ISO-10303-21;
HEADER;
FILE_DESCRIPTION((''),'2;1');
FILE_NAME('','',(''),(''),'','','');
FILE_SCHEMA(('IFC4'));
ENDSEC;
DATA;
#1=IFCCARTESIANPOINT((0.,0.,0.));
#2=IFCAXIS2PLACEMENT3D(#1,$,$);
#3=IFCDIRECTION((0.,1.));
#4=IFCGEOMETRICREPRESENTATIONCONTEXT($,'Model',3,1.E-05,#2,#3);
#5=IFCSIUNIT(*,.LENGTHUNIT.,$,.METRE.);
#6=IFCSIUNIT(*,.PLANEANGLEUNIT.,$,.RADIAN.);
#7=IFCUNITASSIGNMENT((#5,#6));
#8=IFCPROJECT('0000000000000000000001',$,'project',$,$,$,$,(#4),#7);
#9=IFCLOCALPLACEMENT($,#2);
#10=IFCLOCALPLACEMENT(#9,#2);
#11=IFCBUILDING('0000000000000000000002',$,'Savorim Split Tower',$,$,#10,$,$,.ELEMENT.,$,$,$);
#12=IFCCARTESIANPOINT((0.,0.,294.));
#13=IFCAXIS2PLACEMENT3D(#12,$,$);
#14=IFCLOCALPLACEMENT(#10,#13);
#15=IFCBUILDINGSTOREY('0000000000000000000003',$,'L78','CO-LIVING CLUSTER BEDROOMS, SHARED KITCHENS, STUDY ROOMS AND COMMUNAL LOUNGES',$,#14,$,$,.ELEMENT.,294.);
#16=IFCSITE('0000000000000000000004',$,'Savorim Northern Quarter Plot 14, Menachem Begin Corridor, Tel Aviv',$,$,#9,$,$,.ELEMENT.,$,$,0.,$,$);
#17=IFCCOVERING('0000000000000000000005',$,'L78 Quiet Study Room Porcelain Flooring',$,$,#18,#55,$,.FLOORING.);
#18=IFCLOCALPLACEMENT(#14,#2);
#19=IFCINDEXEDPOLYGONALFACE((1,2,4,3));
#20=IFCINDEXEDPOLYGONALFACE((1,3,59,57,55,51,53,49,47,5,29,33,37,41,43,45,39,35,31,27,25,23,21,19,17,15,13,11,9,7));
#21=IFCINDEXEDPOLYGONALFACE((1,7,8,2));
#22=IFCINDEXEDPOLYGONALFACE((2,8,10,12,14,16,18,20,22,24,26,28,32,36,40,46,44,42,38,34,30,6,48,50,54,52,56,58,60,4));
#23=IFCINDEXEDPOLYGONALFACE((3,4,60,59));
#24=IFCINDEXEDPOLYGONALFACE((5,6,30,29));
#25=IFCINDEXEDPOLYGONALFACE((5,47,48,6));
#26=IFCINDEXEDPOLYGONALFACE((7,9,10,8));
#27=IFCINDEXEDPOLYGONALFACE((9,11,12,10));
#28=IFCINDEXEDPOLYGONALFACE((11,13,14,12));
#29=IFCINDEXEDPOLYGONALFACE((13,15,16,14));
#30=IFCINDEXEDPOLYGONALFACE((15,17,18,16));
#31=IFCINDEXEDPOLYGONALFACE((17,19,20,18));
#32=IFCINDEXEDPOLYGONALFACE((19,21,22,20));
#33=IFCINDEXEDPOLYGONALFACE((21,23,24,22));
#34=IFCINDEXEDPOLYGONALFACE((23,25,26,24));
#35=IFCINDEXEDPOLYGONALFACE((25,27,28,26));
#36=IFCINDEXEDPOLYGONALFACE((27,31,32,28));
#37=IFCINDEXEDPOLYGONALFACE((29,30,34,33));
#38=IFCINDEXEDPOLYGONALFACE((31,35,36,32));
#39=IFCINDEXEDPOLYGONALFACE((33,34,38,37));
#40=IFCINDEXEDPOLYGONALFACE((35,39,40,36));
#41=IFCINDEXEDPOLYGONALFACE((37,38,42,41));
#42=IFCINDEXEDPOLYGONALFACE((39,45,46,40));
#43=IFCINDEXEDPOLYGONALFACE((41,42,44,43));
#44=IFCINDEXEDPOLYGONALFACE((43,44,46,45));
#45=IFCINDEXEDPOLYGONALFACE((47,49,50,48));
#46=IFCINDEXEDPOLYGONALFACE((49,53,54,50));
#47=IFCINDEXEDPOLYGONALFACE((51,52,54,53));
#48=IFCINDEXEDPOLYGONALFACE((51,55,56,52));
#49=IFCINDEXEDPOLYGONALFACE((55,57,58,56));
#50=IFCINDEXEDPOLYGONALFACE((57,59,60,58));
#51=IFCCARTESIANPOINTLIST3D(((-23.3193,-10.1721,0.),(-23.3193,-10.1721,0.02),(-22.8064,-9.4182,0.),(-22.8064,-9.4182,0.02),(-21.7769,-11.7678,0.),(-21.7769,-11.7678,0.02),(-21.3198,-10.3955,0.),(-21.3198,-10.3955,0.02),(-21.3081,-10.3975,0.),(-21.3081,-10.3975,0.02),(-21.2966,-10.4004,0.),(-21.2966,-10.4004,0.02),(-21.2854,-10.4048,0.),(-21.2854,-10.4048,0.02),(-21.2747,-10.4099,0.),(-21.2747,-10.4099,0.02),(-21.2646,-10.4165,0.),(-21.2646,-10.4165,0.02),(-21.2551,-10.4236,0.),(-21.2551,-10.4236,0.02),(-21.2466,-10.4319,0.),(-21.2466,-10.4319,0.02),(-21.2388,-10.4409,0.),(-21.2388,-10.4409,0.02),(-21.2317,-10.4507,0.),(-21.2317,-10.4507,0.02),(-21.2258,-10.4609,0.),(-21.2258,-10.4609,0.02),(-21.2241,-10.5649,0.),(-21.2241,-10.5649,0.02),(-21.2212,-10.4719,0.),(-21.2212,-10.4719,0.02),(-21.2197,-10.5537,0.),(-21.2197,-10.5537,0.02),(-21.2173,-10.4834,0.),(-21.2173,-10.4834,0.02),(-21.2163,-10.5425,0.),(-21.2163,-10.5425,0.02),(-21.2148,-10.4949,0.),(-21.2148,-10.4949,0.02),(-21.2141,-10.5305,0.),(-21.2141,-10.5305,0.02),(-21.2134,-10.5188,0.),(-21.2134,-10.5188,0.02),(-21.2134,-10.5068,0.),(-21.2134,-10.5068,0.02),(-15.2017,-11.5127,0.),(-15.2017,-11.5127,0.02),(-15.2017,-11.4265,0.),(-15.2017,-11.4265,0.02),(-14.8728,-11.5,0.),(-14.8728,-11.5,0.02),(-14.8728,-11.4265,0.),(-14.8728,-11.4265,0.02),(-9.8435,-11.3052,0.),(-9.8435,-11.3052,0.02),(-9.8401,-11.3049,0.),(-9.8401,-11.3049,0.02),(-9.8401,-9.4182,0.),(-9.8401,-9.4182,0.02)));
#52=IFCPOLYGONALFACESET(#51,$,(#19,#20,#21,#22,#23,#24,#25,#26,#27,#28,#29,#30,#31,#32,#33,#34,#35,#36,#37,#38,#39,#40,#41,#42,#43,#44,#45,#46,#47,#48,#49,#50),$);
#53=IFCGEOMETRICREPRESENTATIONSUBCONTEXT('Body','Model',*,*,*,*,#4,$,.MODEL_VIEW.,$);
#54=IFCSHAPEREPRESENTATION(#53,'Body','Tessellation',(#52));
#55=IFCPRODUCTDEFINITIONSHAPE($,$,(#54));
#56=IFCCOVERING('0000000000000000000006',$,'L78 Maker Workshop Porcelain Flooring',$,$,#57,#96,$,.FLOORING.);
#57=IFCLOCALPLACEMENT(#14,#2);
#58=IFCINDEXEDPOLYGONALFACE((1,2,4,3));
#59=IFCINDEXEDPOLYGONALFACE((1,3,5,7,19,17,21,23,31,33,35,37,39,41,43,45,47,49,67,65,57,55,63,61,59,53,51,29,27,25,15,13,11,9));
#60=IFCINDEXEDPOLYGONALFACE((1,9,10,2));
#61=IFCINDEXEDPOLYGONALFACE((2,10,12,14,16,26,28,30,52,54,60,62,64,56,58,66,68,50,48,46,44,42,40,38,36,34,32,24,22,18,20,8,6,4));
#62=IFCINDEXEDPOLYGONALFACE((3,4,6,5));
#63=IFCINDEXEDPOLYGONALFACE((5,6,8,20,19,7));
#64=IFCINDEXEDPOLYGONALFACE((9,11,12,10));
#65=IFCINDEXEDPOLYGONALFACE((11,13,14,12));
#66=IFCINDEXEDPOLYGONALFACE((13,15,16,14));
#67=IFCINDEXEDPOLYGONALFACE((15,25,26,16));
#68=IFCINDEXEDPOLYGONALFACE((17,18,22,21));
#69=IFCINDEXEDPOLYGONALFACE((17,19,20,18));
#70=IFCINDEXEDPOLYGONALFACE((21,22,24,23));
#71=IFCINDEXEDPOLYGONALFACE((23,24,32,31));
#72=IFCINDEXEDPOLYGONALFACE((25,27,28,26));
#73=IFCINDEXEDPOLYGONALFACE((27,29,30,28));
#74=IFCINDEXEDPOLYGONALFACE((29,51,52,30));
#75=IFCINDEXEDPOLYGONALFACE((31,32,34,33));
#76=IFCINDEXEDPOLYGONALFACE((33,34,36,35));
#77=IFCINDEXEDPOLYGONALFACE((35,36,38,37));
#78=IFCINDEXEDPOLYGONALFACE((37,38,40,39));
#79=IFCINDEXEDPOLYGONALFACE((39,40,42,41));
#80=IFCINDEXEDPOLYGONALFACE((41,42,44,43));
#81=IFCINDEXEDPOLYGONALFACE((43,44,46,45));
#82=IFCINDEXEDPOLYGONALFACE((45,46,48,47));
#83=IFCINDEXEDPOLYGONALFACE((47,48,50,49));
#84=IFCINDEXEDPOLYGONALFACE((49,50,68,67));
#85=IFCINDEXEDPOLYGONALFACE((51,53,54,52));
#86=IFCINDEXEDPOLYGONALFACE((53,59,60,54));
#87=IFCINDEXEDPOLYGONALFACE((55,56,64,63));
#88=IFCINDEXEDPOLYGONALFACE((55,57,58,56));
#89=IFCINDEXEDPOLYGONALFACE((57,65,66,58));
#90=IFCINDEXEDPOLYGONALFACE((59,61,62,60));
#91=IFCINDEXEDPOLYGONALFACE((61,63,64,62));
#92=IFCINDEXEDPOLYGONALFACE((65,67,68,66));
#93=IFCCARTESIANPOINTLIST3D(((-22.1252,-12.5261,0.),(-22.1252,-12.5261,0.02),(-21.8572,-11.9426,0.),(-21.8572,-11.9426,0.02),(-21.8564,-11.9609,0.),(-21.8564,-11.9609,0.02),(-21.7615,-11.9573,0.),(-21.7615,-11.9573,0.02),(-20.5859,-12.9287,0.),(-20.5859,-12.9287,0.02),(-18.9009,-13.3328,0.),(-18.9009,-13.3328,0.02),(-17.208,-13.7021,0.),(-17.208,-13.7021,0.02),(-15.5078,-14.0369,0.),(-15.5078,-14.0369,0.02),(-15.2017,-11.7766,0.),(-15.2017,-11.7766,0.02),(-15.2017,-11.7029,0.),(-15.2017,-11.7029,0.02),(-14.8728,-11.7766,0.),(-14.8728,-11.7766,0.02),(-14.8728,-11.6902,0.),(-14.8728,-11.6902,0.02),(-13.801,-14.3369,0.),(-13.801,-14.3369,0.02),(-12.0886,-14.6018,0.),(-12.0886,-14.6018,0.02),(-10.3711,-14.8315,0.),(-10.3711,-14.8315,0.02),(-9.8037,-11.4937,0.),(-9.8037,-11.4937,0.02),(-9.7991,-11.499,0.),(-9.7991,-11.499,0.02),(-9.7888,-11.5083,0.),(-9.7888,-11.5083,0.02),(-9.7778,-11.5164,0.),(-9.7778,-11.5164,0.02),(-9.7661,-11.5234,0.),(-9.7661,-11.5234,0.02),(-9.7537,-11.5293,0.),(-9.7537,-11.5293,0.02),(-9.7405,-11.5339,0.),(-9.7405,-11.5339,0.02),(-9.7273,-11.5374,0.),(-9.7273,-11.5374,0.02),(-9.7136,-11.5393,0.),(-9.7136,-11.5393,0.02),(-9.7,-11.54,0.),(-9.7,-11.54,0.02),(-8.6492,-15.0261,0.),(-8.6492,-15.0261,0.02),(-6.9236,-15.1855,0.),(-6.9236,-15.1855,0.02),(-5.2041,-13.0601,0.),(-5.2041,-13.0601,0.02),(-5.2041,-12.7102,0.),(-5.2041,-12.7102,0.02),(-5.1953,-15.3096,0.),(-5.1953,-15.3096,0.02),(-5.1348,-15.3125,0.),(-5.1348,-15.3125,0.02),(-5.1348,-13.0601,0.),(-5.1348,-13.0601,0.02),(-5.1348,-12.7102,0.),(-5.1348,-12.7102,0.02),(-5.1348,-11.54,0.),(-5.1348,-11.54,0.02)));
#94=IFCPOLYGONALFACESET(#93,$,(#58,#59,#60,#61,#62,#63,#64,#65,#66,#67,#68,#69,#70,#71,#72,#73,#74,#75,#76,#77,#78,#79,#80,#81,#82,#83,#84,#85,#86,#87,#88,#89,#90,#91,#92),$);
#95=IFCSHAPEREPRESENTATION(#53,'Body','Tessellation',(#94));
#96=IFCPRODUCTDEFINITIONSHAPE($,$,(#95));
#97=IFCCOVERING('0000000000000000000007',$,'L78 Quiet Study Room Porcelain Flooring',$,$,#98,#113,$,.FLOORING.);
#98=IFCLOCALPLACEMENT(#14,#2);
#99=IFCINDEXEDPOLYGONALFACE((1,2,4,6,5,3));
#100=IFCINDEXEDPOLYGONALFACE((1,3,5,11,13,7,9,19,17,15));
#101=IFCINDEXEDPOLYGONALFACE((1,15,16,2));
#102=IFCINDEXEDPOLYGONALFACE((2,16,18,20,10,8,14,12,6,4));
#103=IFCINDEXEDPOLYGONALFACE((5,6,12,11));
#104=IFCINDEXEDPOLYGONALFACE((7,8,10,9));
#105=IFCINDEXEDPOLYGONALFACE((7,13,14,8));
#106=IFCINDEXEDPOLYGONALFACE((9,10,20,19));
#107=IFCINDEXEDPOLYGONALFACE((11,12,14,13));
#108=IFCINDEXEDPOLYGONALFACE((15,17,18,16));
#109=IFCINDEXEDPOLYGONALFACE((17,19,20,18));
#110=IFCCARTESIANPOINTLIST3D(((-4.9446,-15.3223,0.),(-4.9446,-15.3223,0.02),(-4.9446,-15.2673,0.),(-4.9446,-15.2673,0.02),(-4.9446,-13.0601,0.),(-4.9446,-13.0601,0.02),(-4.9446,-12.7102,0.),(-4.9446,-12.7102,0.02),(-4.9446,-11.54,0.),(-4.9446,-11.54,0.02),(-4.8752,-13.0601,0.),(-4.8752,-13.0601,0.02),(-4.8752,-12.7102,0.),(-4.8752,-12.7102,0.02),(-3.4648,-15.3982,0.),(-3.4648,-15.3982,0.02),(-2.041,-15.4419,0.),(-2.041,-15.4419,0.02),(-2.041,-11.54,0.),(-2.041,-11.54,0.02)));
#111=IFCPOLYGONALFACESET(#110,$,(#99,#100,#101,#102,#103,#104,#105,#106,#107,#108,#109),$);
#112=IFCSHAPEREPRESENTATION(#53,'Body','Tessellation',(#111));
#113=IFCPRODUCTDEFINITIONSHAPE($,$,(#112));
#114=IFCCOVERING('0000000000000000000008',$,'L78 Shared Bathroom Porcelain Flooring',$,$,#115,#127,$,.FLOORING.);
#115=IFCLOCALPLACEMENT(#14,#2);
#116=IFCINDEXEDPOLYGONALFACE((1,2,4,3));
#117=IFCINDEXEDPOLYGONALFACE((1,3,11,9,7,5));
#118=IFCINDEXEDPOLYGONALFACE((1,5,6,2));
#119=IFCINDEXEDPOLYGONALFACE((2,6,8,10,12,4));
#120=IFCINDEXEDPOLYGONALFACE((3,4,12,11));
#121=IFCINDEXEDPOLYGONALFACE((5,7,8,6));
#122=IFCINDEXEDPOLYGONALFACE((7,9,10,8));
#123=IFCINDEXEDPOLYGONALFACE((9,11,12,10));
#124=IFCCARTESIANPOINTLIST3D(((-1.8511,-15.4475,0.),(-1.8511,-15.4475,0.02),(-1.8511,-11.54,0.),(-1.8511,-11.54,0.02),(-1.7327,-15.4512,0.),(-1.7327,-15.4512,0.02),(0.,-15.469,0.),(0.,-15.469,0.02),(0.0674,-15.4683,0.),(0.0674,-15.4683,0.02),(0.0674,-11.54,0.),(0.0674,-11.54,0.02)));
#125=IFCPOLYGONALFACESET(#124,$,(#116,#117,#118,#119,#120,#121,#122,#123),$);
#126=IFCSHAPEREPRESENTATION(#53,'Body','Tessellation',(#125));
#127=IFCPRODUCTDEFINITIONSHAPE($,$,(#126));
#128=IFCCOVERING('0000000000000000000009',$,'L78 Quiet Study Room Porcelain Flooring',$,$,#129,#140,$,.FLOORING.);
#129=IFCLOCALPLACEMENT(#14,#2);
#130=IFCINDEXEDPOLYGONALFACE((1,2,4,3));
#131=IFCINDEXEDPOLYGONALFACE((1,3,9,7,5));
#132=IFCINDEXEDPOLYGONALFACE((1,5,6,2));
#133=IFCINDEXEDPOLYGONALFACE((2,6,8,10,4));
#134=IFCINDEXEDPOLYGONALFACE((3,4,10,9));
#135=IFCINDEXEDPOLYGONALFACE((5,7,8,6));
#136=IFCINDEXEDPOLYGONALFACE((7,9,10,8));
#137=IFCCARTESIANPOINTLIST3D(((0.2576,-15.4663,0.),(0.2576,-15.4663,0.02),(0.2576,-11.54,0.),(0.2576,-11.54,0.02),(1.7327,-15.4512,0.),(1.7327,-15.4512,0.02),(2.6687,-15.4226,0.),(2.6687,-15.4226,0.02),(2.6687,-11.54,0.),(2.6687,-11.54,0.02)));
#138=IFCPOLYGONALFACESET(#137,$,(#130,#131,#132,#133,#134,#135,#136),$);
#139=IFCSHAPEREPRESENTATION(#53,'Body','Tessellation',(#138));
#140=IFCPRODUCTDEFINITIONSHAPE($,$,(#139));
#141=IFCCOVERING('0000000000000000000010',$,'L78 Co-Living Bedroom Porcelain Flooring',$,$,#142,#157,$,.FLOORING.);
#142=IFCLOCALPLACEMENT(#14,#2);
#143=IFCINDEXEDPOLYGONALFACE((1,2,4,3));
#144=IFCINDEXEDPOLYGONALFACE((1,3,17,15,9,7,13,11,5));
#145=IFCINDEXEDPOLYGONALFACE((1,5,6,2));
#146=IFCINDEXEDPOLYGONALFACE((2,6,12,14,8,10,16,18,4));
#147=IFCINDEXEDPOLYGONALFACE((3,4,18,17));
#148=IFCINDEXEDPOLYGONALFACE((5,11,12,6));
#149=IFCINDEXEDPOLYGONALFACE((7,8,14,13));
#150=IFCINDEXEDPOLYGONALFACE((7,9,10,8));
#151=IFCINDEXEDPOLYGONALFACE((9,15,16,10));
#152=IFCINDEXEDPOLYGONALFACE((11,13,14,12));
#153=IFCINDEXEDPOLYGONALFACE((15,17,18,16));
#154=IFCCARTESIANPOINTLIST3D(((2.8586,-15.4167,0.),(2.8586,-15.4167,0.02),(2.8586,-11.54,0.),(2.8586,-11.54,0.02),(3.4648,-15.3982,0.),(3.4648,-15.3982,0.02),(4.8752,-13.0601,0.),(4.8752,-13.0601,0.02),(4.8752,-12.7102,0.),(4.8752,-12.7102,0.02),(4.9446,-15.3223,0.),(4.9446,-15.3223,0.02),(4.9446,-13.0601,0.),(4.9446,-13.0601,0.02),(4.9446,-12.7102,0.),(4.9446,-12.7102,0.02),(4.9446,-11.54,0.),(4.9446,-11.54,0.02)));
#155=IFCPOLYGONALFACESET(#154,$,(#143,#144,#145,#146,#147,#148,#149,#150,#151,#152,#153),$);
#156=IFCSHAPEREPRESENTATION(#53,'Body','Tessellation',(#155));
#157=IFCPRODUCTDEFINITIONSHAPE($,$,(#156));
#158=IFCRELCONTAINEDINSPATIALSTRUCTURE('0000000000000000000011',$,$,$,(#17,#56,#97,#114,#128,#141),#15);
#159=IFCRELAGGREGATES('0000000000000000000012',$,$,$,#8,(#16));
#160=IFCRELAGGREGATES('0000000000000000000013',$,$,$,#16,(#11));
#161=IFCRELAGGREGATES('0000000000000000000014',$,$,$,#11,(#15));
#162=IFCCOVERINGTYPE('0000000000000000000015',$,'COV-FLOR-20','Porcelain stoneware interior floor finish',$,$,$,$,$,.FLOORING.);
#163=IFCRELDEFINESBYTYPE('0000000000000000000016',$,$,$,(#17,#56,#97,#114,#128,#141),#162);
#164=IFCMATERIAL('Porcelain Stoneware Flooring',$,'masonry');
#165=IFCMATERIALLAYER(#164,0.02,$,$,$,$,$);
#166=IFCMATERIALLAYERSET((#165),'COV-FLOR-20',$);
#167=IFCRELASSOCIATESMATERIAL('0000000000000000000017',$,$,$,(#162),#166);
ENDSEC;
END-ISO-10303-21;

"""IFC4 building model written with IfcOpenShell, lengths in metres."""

from ifc_helpers import new_model, si_unit, direction, frame, origin, place, context, subcontext, project, spatial, polyline, outline, extrude, material, layer, layer_set, type_object, element, save


model = new_model("IFC4")

# Units and contexts
model_context = context("Model", 3, precision=1e-05, world=origin(), true_north=direction((0.0, 1.0)))
body_context = subcontext(model_context, "Body", "Model", "MODEL_VIEW")
ifc_project = project(units=[si_unit("LENGTHUNIT", "METRE"), si_unit("PLANEANGLEUNIT", "RADIAN")], contexts=[model_context])

# Site, building, storey
site_placement = place(None, origin())
site = spatial("IfcSite", under=ifc_project, at=site_placement, Name="Savorim Northern Quarter Plot 14, Menachem Begin Corridor, Tel Aviv", CompositionType="ELEMENT", RefElevation=0.0)
building_placement = place(site_placement, origin())
building = spatial("IfcBuilding", under=site, at=building_placement, Name="Savorim Split Tower", CompositionType="ELEMENT")
storey_placement = place(building_placement, frame((0.0, 0.0, 294.0)))
storey = spatial("IfcBuildingStorey", under=building, at=storey_placement, Name="L78", Description="CO-LIVING CLUSTER BEDROOMS, SHARED KITCHENS, STUDY ROOMS AND COMMUNAL LOUNGES", CompositionType="ELEMENT", Elevation=294.0)

# Coverings
ifc_material_1 = material(Name="Porcelain Stoneware Flooring", Category="masonry")
ifc_layer_1 = layer(ifc_material_1, 0.02)
ifc_layer_set_1 = layer_set([ifc_layer_1], Name="COV-FLOR-20")
covering_type_1 = type_object("IfcCoveringType", Name="COV-FLOR-20", Description="Porcelain stoneware interior floor finish", PredefinedType="FLOORING", material=ifc_layer_set_1)
covering_1_placement = place(storey_placement, origin())
element("IfcCovering", 1, at=covering_1_placement, inside=storey, type_object=covering_type_1, Name="L78 Quiet Study Room Porcelain Flooring", PredefinedType="FLOORING", context=body_context, shape_type="SweptSolid", body=[
    extrude(outline(polyline([(-21.2134, -10.5068), (-21.2134, -10.5188), (-21.2141, -10.5305), (-21.2163, -10.5425), (-21.2197, -10.5537), (-21.2241, -10.5649), (-21.7769, -11.7678), (-15.2017, -11.5127), (-15.2017, -11.4265), (-14.8728, -11.4265), (-14.8728, -11.5), (-9.8435, -11.3052), (-9.8401, -11.3049), (-9.8401, -9.4182), (-22.8064, -9.4182), (-23.3193, -10.1721), (-21.3198, -10.3955), (-21.3081, -10.3975), (-21.2966, -10.4004), (-21.2854, -10.4048), (-21.2747, -10.4099), (-21.2646, -10.4165), (-21.2551, -10.4236), (-21.2466, -10.4319), (-21.2388, -10.4409), (-21.2317, -10.4507), (-21.2258, -10.4609), (-21.2212, -10.4719), (-21.2173, -10.4834), (-21.2148, -10.4949), (-21.2134, -10.5068)])), origin(), (0.0, 0.0, 1.0), 0.02),
])
covering_2_placement = place(storey_placement, origin())
element("IfcCovering", 2, at=covering_2_placement, inside=storey, type_object=covering_type_1, Name="L78 Maker Workshop Porcelain Flooring", PredefinedType="FLOORING", context=body_context, shape_type="SweptSolid", body=[
    extrude(outline(polyline([(-10.3711, -14.8315), (-8.6492, -15.0261), (-6.9236, -15.1855), (-5.1953, -15.3096), (-5.1348, -15.3125), (-5.1348, -13.0601), (-5.2041, -13.0601), (-5.2041, -12.7102), (-5.1348, -12.7102), (-5.1348, -11.54), (-9.7, -11.54), (-9.7136, -11.5393), (-9.7273, -11.5374), (-9.7405, -11.5339), (-9.7537, -11.5293), (-9.7661, -11.5234), (-9.7778, -11.5164), (-9.7888, -11.5083), (-9.7991, -11.499), (-9.8037, -11.4937), (-14.8728, -11.6902), (-14.8728, -11.7766), (-15.2017, -11.7766), (-15.2017, -11.7029), (-21.7615, -11.9573), (-21.8564, -11.9609), (-21.8572, -11.9426), (-22.1252, -12.5261), (-20.5859, -12.9287), (-18.9009, -13.3328), (-17.208, -13.7021), (-15.5078, -14.0369), (-13.801, -14.3369), (-12.0886, -14.6018), (-10.3711, -14.8315)])), origin(), (0.0, 0.0, 1.0), 0.02),
])
covering_3_placement = place(storey_placement, origin())
element("IfcCovering", 3, at=covering_3_placement, inside=storey, type_object=covering_type_1, Name="L78 Quiet Study Room Porcelain Flooring", PredefinedType="FLOORING", context=body_context, shape_type="SweptSolid", body=[
    extrude(outline(polyline([(-4.9446, -15.2673), (-4.9446, -15.3223), (-3.4648, -15.3982), (-2.041, -15.4419), (-2.041, -11.54), (-4.9446, -11.54), (-4.9446, -12.7102), (-4.8752, -12.7102), (-4.8752, -13.0601), (-4.9446, -13.0601), (-4.9446, -15.2673)])), origin(), (0.0, 0.0, 1.0), 0.02),
])
covering_4_placement = place(storey_placement, origin())
element("IfcCovering", 4, at=covering_4_placement, inside=storey, type_object=covering_type_1, Name="L78 Shared Bathroom Porcelain Flooring", PredefinedType="FLOORING", context=body_context, shape_type="SweptSolid", body=[
    extrude(outline(polyline([(-1.8511, -15.4475), (-1.7327, -15.4512), (0.0, -15.469), (0.0674, -15.4683), (0.0674, -11.54), (-1.8511, -11.54), (-1.8511, -15.4475)])), origin(), (0.0, 0.0, 1.0), 0.02),
])
covering_5_placement = place(storey_placement, origin())
element("IfcCovering", 5, at=covering_5_placement, inside=storey, type_object=covering_type_1, Name="L78 Quiet Study Room Porcelain Flooring", PredefinedType="FLOORING", context=body_context, shape_type="SweptSolid", body=[
    extrude(outline(polyline([(0.2576, -11.54), (0.2576, -15.4663), (1.7327, -15.4512), (2.6687, -15.4226), (2.6687, -11.54), (0.2576, -11.54)])), origin(), (0.0, 0.0, 1.0), 0.02),
])
covering_6_placement = place(storey_placement, origin())
element("IfcCovering", 6, at=covering_6_placement, inside=storey, type_object=covering_type_1, Name="L78 Co-Living Bedroom Porcelain Flooring", PredefinedType="FLOORING", context=body_context, shape_type="SweptSolid", body=[
    extrude(outline(polyline([(4.9446, -11.54), (2.8586, -11.54), (2.8586, -15.4167), (3.4648, -15.3982), (4.9446, -15.3223), (4.9446, -13.0601), (4.8752, -13.0601), (4.8752, -12.7102), (4.9446, -12.7102), (4.9446, -11.54)])), origin(), (0.0, 0.0, 1.0), 0.02),
])

save(model, "model.ifc")
